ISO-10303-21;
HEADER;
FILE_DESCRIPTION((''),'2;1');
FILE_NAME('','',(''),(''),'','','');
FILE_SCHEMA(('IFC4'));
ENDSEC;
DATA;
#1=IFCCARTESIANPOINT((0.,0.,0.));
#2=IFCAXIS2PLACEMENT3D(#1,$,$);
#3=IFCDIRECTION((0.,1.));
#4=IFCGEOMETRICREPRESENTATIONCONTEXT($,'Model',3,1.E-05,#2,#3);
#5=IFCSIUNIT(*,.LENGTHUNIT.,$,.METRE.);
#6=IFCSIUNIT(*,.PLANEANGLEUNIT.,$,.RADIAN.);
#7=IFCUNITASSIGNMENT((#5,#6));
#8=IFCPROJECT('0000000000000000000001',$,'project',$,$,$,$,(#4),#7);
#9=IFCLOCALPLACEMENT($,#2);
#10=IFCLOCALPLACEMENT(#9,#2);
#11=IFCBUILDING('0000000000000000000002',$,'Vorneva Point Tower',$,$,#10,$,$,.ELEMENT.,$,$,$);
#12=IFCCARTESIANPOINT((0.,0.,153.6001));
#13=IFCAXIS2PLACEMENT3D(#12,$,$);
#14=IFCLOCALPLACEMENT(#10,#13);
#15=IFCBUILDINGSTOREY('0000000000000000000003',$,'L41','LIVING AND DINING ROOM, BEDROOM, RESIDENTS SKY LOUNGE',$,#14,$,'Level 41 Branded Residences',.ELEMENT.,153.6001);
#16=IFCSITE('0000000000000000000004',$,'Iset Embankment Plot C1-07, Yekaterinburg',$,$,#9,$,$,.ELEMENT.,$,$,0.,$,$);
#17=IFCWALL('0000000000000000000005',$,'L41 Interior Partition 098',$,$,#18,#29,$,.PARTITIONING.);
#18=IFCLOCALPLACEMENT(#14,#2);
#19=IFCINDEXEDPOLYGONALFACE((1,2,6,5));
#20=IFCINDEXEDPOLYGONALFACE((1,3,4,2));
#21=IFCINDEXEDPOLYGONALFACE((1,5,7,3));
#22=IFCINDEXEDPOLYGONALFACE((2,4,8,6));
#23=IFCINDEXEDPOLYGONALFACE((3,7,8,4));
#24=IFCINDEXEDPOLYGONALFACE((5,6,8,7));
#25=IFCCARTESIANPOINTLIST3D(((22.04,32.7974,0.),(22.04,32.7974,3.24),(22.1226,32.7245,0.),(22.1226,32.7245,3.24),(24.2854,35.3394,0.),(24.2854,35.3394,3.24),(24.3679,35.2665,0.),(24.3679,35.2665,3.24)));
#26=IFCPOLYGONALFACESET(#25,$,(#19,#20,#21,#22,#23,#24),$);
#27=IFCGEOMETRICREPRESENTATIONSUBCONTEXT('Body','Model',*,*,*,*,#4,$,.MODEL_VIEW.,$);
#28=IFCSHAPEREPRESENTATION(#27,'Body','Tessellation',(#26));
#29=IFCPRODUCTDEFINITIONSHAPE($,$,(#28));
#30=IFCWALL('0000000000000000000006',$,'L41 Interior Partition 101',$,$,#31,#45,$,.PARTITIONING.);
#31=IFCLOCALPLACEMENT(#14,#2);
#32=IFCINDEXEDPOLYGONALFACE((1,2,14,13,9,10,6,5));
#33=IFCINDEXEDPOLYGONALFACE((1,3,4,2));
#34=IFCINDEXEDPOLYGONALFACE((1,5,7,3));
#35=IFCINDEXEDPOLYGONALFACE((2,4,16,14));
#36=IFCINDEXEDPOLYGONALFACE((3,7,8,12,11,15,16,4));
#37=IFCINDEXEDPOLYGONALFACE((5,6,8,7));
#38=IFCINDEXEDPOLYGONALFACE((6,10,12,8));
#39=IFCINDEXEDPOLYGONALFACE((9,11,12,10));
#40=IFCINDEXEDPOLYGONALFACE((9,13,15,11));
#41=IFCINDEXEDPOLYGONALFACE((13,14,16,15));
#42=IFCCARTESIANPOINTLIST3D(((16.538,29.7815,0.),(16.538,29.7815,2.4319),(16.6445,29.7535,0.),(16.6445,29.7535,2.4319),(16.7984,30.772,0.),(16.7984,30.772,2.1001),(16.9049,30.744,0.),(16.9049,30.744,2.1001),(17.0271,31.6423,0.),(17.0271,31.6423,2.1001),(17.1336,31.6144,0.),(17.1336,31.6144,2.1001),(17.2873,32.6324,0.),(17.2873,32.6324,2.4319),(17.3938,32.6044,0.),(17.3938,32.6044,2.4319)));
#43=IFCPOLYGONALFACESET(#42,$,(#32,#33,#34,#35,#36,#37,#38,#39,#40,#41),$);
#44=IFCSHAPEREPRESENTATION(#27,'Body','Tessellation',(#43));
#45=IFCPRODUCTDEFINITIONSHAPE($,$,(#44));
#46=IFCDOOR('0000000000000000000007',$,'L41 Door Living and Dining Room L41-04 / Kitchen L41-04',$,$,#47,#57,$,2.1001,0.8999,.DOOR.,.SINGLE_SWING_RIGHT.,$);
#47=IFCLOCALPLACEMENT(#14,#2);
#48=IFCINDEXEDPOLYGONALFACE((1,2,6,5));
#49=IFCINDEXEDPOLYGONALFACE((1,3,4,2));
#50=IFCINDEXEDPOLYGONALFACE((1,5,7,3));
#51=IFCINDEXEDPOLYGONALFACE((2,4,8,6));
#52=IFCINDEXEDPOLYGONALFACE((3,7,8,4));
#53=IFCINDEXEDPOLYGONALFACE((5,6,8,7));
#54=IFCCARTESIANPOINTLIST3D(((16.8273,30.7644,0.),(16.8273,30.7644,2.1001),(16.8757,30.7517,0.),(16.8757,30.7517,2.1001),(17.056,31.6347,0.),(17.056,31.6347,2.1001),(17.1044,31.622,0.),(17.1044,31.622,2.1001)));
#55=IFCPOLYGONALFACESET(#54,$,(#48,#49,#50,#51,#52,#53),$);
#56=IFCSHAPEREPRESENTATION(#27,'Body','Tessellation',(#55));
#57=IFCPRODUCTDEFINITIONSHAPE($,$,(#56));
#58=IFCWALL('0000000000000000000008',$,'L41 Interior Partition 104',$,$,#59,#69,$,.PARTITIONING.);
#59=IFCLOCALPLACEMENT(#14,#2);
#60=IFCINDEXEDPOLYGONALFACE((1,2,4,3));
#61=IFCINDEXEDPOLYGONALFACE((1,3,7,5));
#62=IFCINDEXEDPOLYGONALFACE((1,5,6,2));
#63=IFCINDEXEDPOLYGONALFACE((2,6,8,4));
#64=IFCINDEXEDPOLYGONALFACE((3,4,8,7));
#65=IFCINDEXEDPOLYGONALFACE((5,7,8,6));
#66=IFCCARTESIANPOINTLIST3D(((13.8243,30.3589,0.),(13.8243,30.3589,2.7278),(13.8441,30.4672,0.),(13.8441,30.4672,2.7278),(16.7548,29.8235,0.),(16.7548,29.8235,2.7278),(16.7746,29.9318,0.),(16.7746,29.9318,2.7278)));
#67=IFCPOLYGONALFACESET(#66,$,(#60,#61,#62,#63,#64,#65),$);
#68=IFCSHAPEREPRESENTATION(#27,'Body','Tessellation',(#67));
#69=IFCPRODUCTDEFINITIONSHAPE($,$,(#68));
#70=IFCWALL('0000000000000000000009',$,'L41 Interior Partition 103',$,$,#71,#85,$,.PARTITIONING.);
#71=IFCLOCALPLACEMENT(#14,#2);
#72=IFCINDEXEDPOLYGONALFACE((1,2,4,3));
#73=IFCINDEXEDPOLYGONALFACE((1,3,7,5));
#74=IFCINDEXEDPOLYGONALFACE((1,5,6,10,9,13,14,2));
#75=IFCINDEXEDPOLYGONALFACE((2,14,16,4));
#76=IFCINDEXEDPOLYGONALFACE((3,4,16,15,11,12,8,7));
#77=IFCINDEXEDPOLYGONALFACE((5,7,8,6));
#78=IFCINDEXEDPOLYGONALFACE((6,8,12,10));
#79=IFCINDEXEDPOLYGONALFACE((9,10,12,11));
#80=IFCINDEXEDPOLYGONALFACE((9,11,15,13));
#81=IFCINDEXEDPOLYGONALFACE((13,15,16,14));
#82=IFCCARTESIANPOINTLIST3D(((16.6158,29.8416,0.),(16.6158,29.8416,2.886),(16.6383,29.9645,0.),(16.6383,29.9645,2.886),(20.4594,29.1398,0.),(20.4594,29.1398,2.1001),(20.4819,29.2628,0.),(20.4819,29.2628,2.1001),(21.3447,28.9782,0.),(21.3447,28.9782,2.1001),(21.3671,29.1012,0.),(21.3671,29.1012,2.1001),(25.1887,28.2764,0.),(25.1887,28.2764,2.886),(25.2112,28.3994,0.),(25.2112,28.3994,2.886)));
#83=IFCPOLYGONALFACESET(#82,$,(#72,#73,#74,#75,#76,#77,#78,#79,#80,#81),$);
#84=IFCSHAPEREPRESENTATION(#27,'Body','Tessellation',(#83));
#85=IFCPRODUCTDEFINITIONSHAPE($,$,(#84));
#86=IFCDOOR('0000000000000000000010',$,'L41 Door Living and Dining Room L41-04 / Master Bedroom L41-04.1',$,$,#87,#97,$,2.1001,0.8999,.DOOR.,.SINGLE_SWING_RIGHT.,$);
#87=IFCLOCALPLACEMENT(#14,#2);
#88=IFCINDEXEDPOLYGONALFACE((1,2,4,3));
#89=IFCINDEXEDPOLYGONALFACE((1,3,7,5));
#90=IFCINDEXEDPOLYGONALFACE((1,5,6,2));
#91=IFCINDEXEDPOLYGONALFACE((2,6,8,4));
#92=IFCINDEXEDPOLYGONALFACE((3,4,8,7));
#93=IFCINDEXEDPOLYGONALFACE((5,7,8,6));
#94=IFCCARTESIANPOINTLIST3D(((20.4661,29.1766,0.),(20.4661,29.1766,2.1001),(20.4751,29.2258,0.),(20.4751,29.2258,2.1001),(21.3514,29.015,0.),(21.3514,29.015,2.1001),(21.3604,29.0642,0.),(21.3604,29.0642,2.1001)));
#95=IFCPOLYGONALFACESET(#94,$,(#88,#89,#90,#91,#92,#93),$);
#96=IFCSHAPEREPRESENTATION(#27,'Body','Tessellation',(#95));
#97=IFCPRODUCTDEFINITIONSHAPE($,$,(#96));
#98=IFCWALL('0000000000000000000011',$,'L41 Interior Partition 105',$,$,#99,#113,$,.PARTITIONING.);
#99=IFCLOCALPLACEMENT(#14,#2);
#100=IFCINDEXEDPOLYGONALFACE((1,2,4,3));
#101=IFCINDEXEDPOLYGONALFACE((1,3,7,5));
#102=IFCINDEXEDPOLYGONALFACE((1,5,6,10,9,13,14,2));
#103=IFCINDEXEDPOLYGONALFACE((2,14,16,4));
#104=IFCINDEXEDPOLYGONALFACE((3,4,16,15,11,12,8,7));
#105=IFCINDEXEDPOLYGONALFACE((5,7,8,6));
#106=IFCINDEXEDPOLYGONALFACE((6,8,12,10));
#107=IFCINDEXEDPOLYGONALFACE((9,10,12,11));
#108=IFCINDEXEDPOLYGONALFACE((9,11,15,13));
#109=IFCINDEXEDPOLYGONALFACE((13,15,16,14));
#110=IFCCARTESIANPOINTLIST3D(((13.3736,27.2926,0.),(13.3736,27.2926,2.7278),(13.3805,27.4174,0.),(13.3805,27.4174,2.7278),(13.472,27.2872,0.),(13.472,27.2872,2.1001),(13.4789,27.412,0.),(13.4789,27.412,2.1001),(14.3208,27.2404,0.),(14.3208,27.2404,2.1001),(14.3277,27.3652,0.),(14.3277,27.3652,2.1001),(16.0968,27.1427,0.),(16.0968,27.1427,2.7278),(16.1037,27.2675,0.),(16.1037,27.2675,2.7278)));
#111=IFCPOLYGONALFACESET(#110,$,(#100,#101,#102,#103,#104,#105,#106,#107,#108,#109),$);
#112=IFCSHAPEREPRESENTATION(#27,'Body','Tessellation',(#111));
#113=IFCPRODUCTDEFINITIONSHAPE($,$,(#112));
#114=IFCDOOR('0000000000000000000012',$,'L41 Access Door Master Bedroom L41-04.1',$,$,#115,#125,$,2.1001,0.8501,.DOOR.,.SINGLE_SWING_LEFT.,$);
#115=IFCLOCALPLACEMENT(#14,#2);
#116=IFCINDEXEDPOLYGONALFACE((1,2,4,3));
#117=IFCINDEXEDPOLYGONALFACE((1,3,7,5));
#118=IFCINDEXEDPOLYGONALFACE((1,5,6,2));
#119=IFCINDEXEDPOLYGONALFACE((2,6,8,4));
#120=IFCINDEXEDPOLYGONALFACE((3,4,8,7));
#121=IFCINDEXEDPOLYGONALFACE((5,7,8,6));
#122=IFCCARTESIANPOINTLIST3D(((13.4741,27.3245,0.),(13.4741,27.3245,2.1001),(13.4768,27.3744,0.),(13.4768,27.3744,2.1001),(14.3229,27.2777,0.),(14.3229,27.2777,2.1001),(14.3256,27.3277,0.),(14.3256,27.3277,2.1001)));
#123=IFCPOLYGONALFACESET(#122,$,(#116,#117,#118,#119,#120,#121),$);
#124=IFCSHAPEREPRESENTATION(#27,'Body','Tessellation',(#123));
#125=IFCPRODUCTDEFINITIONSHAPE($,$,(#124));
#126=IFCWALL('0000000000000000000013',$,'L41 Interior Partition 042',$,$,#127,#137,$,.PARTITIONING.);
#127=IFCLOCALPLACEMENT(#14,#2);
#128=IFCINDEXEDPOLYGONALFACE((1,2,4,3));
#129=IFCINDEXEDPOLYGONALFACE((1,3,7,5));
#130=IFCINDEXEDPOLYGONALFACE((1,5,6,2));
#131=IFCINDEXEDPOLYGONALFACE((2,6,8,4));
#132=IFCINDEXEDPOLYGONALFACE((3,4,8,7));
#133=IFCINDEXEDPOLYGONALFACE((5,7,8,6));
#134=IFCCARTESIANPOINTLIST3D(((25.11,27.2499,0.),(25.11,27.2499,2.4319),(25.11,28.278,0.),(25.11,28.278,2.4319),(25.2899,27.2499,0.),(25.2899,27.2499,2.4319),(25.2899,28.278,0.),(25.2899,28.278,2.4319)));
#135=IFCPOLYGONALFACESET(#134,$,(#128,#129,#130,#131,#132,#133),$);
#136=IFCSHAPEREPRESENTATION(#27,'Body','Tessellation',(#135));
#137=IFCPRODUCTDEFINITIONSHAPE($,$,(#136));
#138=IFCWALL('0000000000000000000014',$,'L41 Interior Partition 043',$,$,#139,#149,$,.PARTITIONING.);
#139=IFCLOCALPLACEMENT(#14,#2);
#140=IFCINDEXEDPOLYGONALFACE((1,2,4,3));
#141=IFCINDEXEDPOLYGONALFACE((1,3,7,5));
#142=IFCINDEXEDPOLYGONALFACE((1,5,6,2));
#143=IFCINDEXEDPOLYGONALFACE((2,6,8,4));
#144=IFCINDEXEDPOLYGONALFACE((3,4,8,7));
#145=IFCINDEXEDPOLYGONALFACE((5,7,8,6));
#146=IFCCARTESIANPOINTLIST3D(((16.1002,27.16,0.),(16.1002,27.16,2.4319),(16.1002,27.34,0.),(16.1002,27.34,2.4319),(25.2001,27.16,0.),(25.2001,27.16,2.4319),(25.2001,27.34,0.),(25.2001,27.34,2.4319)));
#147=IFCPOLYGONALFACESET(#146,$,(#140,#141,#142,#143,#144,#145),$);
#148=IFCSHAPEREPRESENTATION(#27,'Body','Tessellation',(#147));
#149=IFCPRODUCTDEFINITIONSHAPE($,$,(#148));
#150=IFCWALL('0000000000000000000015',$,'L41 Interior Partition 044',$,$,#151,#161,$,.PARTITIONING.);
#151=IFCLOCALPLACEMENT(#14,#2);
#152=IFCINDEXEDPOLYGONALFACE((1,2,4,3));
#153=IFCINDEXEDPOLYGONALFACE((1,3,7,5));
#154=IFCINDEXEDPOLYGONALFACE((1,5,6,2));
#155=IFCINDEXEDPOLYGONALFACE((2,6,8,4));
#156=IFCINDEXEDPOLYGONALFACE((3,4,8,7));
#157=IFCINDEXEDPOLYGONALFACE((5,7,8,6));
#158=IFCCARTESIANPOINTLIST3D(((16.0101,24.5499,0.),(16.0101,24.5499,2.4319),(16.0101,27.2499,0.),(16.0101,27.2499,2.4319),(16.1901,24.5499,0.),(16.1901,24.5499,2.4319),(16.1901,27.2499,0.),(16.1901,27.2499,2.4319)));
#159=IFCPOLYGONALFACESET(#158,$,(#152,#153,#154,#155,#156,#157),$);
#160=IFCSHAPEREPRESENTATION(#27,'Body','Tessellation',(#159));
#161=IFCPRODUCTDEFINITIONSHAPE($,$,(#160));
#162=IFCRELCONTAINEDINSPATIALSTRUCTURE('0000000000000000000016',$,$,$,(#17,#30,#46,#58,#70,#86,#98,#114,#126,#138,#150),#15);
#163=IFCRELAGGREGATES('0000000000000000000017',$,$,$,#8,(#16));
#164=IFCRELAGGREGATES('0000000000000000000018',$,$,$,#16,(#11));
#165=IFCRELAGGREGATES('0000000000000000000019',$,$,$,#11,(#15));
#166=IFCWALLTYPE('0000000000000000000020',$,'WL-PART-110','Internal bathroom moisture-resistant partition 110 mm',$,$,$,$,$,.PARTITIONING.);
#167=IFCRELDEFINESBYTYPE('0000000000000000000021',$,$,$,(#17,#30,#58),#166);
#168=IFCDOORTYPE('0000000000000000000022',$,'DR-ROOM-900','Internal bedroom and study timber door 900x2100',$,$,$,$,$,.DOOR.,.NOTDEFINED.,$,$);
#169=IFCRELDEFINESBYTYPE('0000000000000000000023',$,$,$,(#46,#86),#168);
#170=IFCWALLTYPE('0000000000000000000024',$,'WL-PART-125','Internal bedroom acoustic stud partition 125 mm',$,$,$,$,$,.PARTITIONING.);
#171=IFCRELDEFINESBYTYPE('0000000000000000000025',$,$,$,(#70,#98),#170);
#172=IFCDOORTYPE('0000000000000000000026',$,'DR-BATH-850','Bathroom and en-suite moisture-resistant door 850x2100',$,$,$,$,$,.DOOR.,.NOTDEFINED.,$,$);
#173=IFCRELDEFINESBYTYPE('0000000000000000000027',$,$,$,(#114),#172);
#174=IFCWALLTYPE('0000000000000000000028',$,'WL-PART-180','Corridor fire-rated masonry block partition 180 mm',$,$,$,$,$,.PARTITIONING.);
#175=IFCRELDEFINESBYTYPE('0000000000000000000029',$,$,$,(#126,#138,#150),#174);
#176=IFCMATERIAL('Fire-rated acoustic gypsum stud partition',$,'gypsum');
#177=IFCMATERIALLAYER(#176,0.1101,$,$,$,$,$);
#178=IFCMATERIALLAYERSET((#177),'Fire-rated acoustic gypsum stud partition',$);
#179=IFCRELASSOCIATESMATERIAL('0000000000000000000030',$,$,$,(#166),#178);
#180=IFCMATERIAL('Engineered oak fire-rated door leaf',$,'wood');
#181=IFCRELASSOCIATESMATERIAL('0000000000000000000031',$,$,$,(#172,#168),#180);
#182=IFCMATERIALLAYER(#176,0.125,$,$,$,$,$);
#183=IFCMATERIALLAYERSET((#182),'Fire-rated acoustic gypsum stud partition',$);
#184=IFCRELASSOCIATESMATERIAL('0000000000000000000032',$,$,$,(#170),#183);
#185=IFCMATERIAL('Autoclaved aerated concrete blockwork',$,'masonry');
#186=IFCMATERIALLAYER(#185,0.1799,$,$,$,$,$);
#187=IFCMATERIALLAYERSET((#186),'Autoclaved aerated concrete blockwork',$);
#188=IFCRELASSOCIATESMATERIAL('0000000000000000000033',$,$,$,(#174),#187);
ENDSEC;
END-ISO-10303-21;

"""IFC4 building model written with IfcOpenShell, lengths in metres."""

from ifc_helpers import new_model, si_unit, direction, frame, frame_2d, origin, place, context, subcontext, project, spatial, rectangle, extrude, material, layer, layer_set, type_object, element, fill, save


model = new_model("IFC4")

# Units and contexts
model_context = context("Model", 3, precision=1e-05, world=origin(), true_north=direction((0.0, 1.0)))
body_context = subcontext(model_context, "Body", "Model", "MODEL_VIEW")
ifc_project = project(units=[si_unit("LENGTHUNIT", "METRE"), si_unit("PLANEANGLEUNIT", "RADIAN")], contexts=[model_context])

# Site, building, storey
site_placement = place(None, origin())
site = spatial("IfcSite", under=ifc_project, at=site_placement, Name="Iset Embankment Plot C1-07, Yekaterinburg", CompositionType="ELEMENT", RefElevation=0.0)
building_placement = place(site_placement, origin())
building = spatial("IfcBuilding", under=site, at=building_placement, Name="Vorneva Point Tower", CompositionType="ELEMENT")
storey_placement = place(building_placement, frame((0.0, 0.0, 153.6001)))
storey = spatial("IfcBuildingStorey", under=building, at=storey_placement, Name="L41", Description="LIVING AND DINING ROOM, BEDROOM, RESIDENTS SKY LOUNGE", LongName="Level 41 Branded Residences", CompositionType="ELEMENT", Elevation=153.6001)

# Shared definitions
ifc_material_1 = material(Name="Fire-rated acoustic gypsum stud partition", Category="gypsum")
ifc_layer_1 = layer(ifc_material_1, 0.1101)
ifc_layer_set_1 = layer_set([ifc_layer_1], Name="Fire-rated acoustic gypsum stud partition")
wall_type_1 = type_object("IfcWallType", Name="WL-PART-110", Description="Internal bathroom moisture-resistant partition 110 mm", PredefinedType="PARTITIONING", material=ifc_layer_set_1)
ifc_material_2 = material(Name="Engineered oak fire-rated door leaf", Category="wood")
door_type_1 = type_object("IfcDoorType", Name="DR-BATH-850", Description="Bathroom and en-suite moisture-resistant door 850x2100", OperationType="NOTDEFINED", PredefinedType="DOOR", material=ifc_material_2)

# Wall
wall_1_placement = place(storey_placement, frame((22.0813, 32.761, 0.0), z_axis=(0.0, 0.0, 1.0), x_axis=(0.662024, 0.749483, 0.0)))
element("IfcWall", 1, at=wall_1_placement, inside=storey, type_object=wall_type_1, Name="L41 Interior Partition 098", PredefinedType="PARTITIONING", context=body_context, shape_type="SweptSolid", body=[
    extrude(rectangle(XDim=3.3916, YDim=0.1101, at=frame_2d((1.6958, 0.0))), origin(), (0.0, 0.0, 1.0), 3.24),
])

# Wall, opening, door
wall_2_placement = place(storey_placement, frame((17.3406, 32.6184, 0.0), z_axis=(0.0, 0.0, 1.0), x_axis=(-0.254192, -0.967154, 0.0)))
wall_2 = element("IfcWall", 2, at=wall_2_placement, inside=storey, type_object=wall_type_1, Name="L41 Interior Partition 101", PredefinedType="PARTITIONING", context=body_context, shape_type="SweptSolid", body=[
    extrude(rectangle(XDim=2.9478, YDim=0.1101, at=frame_2d((1.4739, 0.0))), origin(), (0.0, 0.0, 1.0), 2.4319),
])
opening_1_placement = place(wall_2_placement, frame((1.0237, 0.0, 0.0)))
opening_1 = element("IfcOpeningElement", 3, at=opening_1_placement, cuts=wall_2, PredefinedType="OPENING", context=body_context, shape_type="SweptSolid", body=[
    extrude(rectangle(XDim=0.8999, YDim=2.1001, at=frame_2d((0.45, 1.05))), frame((0.0, 0.0698, 0.0), z_axis=(0.0, -1.0, 0.0), x_axis=(1.0, 0.0, 0.0)), (0.0, 0.0, 1.0), 0.1399),
])
door_type_2 = type_object("IfcDoorType", Name="DR-ROOM-900", Description="Internal bedroom and study timber door 900x2100", OperationType="NOTDEFINED", PredefinedType="DOOR", material=ifc_material_2)
door_1_placement = place(opening_1_placement, origin())
door_1 = element("IfcDoor", 4, at=door_1_placement, inside=storey, type_object=door_type_2, Name="L41 Door Living and Dining Room L41-04 / Kitchen L41-04", OperationType="SINGLE_SWING_RIGHT", OverallHeight=2.1001, OverallWidth=0.8999, PredefinedType="DOOR", context=body_context, shape_type="SweptSolid", body=[
    extrude(rectangle(XDim=0.8999, YDim=2.1001, at=frame_2d((0.45, 1.05))), frame((0.0, 0.0249, 0.0), z_axis=(0.0, -1.0, 0.0), x_axis=(1.0, 0.0, 0.0)), (0.0, 0.0, 1.0), 0.05),
])
fill(opening_1, door_1)

# Wall
wall_3_placement = place(storey_placement, frame((13.8342, 30.4131, 0.0), z_axis=(0.0, 0.0, 1.0), x_axis=(0.983716, -0.179729, 0.0)))
element("IfcWall", 5, at=wall_3_placement, inside=storey, type_object=wall_type_1, Name="L41 Interior Partition 104", PredefinedType="PARTITIONING", context=body_context, shape_type="SweptSolid", body=[
    extrude(rectangle(XDim=2.979, YDim=0.1101, at=frame_2d((1.4895, 0.0))), origin(), (0.0, 0.0, 1.0), 2.7278),
])

# Walls, openings, doors
ifc_layer_2 = layer(ifc_material_1, 0.125)
ifc_layer_set_2 = layer_set([ifc_layer_2], Name="Fire-rated acoustic gypsum stud partition")
wall_type_2 = type_object("IfcWallType", Name="WL-PART-125", Description="Internal bedroom acoustic stud partition 125 mm", PredefinedType="PARTITIONING", material=ifc_layer_set_2)
wall_4_placement = place(storey_placement, frame((16.627, 29.9031, 0.0), z_axis=(0.0, 0.0, 1.0), x_axis=(0.983739, -0.179603, 0.0)))
wall_4 = element("IfcWall", 6, at=wall_4_placement, inside=storey, type_object=wall_type_2, Name="L41 Interior Partition 103", PredefinedType="PARTITIONING", context=body_context, shape_type="SweptSolid", body=[
    extrude(rectangle(XDim=8.7146, YDim=0.125, at=frame_2d((4.3574, 0.0))), origin(), (0.0, 0.0, 1.0), 2.886),
])
opening_2_placement = place(wall_4_placement, frame((3.9072, 0.0, 0.0)))
opening_2 = element("IfcOpeningElement", 7, at=opening_2_placement, cuts=wall_4, PredefinedType="OPENING", context=body_context, shape_type="SweptSolid", body=[
    extrude(rectangle(XDim=0.8999, YDim=2.1001, at=frame_2d((0.45, 1.05))), frame((0.0, 0.0774, 0.0), z_axis=(0.0, -1.0, 0.0), x_axis=(1.0, 0.0, 0.0)), (0.0, 0.0, 1.0), 0.1548),
])
door_2_placement = place(opening_2_placement, origin())
door_2 = element("IfcDoor", 8, at=door_2_placement, inside=storey, type_object=door_type_2, Name="L41 Door Living and Dining Room L41-04 / Master Bedroom L41-04.1", OperationType="SINGLE_SWING_RIGHT", OverallHeight=2.1001, OverallWidth=0.8999, PredefinedType="DOOR", context=body_context, shape_type="SweptSolid", body=[
    extrude(rectangle(XDim=0.8999, YDim=2.1001, at=frame_2d((0.45, 1.05))), frame((0.0, 0.0249, 0.0), z_axis=(0.0, -1.0, 0.0), x_axis=(1.0, 0.0, 0.0)), (0.0, 0.0, 1.0), 0.05),
])
fill(opening_2, door_2)
wall_5_placement = place(storey_placement, frame((13.377, 27.355, 0.0), z_axis=(0.0, 0.0, 1.0), x_axis=(0.998488, -0.054964, 0.0)))
wall_5 = element("IfcWall", 9, at=wall_5_placement, inside=storey, type_object=wall_type_2, Name="L41 Interior Partition 105", PredefinedType="PARTITIONING", context=body_context, shape_type="SweptSolid", body=[
    extrude(rectangle(XDim=2.7273, YDim=0.125, at=frame_2d((1.3638, 0.0))), origin(), (0.0, 0.0, 1.0), 2.7278),
])
opening_3_placement = place(wall_5_placement, frame((0.0986, 0.0, 0.0)))
opening_3 = element("IfcOpeningElement", 10, at=opening_3_placement, cuts=wall_5, PredefinedType="OPENING", context=body_context, shape_type="SweptSolid", body=[
    extrude(rectangle(XDim=0.8501, YDim=2.1001, at=frame_2d((0.425, 1.05))), frame((0.0, 0.0774, 0.0), z_axis=(0.0, -1.0, 0.0), x_axis=(1.0, 0.0, 0.0)), (0.0, 0.0, 1.0), 0.1548),
])
door_3_placement = place(opening_3_placement, origin())
door_3 = element("IfcDoor", 11, at=door_3_placement, inside=storey, type_object=door_type_1, Name="L41 Access Door Master Bedroom L41-04.1", OperationType="SINGLE_SWING_LEFT", OverallHeight=2.1001, OverallWidth=0.8501, PredefinedType="DOOR", context=body_context, shape_type="SweptSolid", body=[
    extrude(rectangle(XDim=0.8501, YDim=2.1001, at=frame_2d((0.425, 1.05))), frame((0.0, 0.0249, 0.0), z_axis=(0.0, -1.0, 0.0), x_axis=(1.0, 0.0, 0.0)), (0.0, 0.0, 1.0), 0.05),
])
fill(opening_3, door_3)
ifc_material_3 = material(Name="Autoclaved aerated concrete blockwork", Category="masonry")
ifc_layer_3 = layer(ifc_material_3, 0.1799)
ifc_layer_set_3 = layer_set([ifc_layer_3], Name="Autoclaved aerated concrete blockwork")
wall_type_3 = type_object("IfcWallType", Name="WL-PART-180", Description="Corridor fire-rated masonry block partition 180 mm", PredefinedType="PARTITIONING", material=ifc_layer_set_3)

# Walls
wall_6_placement = place(storey_placement, frame((25.2, 28.2781, 0.0), z_axis=(0.0, 0.0, 1.0), x_axis=(0.0, -1.0, 0.0)))
element("IfcWall", 12, at=wall_6_placement, inside=storey, type_object=wall_type_3, Name="L41 Interior Partition 042", PredefinedType="PARTITIONING", context=body_context, shape_type="SweptSolid", body=[
    extrude(rectangle(XDim=1.0281, YDim=0.1799, at=frame_2d((0.5142, 0.0))), origin(), (0.0, 0.0, 1.0), 2.4319),
])
wall_7_placement = place(storey_placement, frame((25.2, 27.25, 0.0), z_axis=(0.0, 0.0, 1.0), x_axis=(-1.0, 0.0, 0.0)))
element("IfcWall", 13, at=wall_7_placement, inside=storey, type_object=wall_type_3, Name="L41 Interior Partition 043", PredefinedType="PARTITIONING", context=body_context, shape_type="SweptSolid", body=[
    extrude(rectangle(XDim=9.0999, YDim=0.1799, at=frame_2d((4.5498, 0.0))), origin(), (0.0, 0.0, 1.0), 2.4319),
])
wall_8_placement = place(storey_placement, frame((16.1001, 27.25, 0.0), z_axis=(0.0, 0.0, 1.0), x_axis=(0.0, -1.0, 0.0)))
element("IfcWall", 14, at=wall_8_placement, inside=storey, type_object=wall_type_3, Name="L41 Interior Partition 044", PredefinedType="PARTITIONING", context=body_context, shape_type="SweptSolid", body=[
    extrude(rectangle(XDim=2.7, YDim=0.1799, at=frame_2d((1.3501, 0.0))), origin(), (0.0, 0.0, 1.0), 2.4319),
])

save(model, "model.ifc")
